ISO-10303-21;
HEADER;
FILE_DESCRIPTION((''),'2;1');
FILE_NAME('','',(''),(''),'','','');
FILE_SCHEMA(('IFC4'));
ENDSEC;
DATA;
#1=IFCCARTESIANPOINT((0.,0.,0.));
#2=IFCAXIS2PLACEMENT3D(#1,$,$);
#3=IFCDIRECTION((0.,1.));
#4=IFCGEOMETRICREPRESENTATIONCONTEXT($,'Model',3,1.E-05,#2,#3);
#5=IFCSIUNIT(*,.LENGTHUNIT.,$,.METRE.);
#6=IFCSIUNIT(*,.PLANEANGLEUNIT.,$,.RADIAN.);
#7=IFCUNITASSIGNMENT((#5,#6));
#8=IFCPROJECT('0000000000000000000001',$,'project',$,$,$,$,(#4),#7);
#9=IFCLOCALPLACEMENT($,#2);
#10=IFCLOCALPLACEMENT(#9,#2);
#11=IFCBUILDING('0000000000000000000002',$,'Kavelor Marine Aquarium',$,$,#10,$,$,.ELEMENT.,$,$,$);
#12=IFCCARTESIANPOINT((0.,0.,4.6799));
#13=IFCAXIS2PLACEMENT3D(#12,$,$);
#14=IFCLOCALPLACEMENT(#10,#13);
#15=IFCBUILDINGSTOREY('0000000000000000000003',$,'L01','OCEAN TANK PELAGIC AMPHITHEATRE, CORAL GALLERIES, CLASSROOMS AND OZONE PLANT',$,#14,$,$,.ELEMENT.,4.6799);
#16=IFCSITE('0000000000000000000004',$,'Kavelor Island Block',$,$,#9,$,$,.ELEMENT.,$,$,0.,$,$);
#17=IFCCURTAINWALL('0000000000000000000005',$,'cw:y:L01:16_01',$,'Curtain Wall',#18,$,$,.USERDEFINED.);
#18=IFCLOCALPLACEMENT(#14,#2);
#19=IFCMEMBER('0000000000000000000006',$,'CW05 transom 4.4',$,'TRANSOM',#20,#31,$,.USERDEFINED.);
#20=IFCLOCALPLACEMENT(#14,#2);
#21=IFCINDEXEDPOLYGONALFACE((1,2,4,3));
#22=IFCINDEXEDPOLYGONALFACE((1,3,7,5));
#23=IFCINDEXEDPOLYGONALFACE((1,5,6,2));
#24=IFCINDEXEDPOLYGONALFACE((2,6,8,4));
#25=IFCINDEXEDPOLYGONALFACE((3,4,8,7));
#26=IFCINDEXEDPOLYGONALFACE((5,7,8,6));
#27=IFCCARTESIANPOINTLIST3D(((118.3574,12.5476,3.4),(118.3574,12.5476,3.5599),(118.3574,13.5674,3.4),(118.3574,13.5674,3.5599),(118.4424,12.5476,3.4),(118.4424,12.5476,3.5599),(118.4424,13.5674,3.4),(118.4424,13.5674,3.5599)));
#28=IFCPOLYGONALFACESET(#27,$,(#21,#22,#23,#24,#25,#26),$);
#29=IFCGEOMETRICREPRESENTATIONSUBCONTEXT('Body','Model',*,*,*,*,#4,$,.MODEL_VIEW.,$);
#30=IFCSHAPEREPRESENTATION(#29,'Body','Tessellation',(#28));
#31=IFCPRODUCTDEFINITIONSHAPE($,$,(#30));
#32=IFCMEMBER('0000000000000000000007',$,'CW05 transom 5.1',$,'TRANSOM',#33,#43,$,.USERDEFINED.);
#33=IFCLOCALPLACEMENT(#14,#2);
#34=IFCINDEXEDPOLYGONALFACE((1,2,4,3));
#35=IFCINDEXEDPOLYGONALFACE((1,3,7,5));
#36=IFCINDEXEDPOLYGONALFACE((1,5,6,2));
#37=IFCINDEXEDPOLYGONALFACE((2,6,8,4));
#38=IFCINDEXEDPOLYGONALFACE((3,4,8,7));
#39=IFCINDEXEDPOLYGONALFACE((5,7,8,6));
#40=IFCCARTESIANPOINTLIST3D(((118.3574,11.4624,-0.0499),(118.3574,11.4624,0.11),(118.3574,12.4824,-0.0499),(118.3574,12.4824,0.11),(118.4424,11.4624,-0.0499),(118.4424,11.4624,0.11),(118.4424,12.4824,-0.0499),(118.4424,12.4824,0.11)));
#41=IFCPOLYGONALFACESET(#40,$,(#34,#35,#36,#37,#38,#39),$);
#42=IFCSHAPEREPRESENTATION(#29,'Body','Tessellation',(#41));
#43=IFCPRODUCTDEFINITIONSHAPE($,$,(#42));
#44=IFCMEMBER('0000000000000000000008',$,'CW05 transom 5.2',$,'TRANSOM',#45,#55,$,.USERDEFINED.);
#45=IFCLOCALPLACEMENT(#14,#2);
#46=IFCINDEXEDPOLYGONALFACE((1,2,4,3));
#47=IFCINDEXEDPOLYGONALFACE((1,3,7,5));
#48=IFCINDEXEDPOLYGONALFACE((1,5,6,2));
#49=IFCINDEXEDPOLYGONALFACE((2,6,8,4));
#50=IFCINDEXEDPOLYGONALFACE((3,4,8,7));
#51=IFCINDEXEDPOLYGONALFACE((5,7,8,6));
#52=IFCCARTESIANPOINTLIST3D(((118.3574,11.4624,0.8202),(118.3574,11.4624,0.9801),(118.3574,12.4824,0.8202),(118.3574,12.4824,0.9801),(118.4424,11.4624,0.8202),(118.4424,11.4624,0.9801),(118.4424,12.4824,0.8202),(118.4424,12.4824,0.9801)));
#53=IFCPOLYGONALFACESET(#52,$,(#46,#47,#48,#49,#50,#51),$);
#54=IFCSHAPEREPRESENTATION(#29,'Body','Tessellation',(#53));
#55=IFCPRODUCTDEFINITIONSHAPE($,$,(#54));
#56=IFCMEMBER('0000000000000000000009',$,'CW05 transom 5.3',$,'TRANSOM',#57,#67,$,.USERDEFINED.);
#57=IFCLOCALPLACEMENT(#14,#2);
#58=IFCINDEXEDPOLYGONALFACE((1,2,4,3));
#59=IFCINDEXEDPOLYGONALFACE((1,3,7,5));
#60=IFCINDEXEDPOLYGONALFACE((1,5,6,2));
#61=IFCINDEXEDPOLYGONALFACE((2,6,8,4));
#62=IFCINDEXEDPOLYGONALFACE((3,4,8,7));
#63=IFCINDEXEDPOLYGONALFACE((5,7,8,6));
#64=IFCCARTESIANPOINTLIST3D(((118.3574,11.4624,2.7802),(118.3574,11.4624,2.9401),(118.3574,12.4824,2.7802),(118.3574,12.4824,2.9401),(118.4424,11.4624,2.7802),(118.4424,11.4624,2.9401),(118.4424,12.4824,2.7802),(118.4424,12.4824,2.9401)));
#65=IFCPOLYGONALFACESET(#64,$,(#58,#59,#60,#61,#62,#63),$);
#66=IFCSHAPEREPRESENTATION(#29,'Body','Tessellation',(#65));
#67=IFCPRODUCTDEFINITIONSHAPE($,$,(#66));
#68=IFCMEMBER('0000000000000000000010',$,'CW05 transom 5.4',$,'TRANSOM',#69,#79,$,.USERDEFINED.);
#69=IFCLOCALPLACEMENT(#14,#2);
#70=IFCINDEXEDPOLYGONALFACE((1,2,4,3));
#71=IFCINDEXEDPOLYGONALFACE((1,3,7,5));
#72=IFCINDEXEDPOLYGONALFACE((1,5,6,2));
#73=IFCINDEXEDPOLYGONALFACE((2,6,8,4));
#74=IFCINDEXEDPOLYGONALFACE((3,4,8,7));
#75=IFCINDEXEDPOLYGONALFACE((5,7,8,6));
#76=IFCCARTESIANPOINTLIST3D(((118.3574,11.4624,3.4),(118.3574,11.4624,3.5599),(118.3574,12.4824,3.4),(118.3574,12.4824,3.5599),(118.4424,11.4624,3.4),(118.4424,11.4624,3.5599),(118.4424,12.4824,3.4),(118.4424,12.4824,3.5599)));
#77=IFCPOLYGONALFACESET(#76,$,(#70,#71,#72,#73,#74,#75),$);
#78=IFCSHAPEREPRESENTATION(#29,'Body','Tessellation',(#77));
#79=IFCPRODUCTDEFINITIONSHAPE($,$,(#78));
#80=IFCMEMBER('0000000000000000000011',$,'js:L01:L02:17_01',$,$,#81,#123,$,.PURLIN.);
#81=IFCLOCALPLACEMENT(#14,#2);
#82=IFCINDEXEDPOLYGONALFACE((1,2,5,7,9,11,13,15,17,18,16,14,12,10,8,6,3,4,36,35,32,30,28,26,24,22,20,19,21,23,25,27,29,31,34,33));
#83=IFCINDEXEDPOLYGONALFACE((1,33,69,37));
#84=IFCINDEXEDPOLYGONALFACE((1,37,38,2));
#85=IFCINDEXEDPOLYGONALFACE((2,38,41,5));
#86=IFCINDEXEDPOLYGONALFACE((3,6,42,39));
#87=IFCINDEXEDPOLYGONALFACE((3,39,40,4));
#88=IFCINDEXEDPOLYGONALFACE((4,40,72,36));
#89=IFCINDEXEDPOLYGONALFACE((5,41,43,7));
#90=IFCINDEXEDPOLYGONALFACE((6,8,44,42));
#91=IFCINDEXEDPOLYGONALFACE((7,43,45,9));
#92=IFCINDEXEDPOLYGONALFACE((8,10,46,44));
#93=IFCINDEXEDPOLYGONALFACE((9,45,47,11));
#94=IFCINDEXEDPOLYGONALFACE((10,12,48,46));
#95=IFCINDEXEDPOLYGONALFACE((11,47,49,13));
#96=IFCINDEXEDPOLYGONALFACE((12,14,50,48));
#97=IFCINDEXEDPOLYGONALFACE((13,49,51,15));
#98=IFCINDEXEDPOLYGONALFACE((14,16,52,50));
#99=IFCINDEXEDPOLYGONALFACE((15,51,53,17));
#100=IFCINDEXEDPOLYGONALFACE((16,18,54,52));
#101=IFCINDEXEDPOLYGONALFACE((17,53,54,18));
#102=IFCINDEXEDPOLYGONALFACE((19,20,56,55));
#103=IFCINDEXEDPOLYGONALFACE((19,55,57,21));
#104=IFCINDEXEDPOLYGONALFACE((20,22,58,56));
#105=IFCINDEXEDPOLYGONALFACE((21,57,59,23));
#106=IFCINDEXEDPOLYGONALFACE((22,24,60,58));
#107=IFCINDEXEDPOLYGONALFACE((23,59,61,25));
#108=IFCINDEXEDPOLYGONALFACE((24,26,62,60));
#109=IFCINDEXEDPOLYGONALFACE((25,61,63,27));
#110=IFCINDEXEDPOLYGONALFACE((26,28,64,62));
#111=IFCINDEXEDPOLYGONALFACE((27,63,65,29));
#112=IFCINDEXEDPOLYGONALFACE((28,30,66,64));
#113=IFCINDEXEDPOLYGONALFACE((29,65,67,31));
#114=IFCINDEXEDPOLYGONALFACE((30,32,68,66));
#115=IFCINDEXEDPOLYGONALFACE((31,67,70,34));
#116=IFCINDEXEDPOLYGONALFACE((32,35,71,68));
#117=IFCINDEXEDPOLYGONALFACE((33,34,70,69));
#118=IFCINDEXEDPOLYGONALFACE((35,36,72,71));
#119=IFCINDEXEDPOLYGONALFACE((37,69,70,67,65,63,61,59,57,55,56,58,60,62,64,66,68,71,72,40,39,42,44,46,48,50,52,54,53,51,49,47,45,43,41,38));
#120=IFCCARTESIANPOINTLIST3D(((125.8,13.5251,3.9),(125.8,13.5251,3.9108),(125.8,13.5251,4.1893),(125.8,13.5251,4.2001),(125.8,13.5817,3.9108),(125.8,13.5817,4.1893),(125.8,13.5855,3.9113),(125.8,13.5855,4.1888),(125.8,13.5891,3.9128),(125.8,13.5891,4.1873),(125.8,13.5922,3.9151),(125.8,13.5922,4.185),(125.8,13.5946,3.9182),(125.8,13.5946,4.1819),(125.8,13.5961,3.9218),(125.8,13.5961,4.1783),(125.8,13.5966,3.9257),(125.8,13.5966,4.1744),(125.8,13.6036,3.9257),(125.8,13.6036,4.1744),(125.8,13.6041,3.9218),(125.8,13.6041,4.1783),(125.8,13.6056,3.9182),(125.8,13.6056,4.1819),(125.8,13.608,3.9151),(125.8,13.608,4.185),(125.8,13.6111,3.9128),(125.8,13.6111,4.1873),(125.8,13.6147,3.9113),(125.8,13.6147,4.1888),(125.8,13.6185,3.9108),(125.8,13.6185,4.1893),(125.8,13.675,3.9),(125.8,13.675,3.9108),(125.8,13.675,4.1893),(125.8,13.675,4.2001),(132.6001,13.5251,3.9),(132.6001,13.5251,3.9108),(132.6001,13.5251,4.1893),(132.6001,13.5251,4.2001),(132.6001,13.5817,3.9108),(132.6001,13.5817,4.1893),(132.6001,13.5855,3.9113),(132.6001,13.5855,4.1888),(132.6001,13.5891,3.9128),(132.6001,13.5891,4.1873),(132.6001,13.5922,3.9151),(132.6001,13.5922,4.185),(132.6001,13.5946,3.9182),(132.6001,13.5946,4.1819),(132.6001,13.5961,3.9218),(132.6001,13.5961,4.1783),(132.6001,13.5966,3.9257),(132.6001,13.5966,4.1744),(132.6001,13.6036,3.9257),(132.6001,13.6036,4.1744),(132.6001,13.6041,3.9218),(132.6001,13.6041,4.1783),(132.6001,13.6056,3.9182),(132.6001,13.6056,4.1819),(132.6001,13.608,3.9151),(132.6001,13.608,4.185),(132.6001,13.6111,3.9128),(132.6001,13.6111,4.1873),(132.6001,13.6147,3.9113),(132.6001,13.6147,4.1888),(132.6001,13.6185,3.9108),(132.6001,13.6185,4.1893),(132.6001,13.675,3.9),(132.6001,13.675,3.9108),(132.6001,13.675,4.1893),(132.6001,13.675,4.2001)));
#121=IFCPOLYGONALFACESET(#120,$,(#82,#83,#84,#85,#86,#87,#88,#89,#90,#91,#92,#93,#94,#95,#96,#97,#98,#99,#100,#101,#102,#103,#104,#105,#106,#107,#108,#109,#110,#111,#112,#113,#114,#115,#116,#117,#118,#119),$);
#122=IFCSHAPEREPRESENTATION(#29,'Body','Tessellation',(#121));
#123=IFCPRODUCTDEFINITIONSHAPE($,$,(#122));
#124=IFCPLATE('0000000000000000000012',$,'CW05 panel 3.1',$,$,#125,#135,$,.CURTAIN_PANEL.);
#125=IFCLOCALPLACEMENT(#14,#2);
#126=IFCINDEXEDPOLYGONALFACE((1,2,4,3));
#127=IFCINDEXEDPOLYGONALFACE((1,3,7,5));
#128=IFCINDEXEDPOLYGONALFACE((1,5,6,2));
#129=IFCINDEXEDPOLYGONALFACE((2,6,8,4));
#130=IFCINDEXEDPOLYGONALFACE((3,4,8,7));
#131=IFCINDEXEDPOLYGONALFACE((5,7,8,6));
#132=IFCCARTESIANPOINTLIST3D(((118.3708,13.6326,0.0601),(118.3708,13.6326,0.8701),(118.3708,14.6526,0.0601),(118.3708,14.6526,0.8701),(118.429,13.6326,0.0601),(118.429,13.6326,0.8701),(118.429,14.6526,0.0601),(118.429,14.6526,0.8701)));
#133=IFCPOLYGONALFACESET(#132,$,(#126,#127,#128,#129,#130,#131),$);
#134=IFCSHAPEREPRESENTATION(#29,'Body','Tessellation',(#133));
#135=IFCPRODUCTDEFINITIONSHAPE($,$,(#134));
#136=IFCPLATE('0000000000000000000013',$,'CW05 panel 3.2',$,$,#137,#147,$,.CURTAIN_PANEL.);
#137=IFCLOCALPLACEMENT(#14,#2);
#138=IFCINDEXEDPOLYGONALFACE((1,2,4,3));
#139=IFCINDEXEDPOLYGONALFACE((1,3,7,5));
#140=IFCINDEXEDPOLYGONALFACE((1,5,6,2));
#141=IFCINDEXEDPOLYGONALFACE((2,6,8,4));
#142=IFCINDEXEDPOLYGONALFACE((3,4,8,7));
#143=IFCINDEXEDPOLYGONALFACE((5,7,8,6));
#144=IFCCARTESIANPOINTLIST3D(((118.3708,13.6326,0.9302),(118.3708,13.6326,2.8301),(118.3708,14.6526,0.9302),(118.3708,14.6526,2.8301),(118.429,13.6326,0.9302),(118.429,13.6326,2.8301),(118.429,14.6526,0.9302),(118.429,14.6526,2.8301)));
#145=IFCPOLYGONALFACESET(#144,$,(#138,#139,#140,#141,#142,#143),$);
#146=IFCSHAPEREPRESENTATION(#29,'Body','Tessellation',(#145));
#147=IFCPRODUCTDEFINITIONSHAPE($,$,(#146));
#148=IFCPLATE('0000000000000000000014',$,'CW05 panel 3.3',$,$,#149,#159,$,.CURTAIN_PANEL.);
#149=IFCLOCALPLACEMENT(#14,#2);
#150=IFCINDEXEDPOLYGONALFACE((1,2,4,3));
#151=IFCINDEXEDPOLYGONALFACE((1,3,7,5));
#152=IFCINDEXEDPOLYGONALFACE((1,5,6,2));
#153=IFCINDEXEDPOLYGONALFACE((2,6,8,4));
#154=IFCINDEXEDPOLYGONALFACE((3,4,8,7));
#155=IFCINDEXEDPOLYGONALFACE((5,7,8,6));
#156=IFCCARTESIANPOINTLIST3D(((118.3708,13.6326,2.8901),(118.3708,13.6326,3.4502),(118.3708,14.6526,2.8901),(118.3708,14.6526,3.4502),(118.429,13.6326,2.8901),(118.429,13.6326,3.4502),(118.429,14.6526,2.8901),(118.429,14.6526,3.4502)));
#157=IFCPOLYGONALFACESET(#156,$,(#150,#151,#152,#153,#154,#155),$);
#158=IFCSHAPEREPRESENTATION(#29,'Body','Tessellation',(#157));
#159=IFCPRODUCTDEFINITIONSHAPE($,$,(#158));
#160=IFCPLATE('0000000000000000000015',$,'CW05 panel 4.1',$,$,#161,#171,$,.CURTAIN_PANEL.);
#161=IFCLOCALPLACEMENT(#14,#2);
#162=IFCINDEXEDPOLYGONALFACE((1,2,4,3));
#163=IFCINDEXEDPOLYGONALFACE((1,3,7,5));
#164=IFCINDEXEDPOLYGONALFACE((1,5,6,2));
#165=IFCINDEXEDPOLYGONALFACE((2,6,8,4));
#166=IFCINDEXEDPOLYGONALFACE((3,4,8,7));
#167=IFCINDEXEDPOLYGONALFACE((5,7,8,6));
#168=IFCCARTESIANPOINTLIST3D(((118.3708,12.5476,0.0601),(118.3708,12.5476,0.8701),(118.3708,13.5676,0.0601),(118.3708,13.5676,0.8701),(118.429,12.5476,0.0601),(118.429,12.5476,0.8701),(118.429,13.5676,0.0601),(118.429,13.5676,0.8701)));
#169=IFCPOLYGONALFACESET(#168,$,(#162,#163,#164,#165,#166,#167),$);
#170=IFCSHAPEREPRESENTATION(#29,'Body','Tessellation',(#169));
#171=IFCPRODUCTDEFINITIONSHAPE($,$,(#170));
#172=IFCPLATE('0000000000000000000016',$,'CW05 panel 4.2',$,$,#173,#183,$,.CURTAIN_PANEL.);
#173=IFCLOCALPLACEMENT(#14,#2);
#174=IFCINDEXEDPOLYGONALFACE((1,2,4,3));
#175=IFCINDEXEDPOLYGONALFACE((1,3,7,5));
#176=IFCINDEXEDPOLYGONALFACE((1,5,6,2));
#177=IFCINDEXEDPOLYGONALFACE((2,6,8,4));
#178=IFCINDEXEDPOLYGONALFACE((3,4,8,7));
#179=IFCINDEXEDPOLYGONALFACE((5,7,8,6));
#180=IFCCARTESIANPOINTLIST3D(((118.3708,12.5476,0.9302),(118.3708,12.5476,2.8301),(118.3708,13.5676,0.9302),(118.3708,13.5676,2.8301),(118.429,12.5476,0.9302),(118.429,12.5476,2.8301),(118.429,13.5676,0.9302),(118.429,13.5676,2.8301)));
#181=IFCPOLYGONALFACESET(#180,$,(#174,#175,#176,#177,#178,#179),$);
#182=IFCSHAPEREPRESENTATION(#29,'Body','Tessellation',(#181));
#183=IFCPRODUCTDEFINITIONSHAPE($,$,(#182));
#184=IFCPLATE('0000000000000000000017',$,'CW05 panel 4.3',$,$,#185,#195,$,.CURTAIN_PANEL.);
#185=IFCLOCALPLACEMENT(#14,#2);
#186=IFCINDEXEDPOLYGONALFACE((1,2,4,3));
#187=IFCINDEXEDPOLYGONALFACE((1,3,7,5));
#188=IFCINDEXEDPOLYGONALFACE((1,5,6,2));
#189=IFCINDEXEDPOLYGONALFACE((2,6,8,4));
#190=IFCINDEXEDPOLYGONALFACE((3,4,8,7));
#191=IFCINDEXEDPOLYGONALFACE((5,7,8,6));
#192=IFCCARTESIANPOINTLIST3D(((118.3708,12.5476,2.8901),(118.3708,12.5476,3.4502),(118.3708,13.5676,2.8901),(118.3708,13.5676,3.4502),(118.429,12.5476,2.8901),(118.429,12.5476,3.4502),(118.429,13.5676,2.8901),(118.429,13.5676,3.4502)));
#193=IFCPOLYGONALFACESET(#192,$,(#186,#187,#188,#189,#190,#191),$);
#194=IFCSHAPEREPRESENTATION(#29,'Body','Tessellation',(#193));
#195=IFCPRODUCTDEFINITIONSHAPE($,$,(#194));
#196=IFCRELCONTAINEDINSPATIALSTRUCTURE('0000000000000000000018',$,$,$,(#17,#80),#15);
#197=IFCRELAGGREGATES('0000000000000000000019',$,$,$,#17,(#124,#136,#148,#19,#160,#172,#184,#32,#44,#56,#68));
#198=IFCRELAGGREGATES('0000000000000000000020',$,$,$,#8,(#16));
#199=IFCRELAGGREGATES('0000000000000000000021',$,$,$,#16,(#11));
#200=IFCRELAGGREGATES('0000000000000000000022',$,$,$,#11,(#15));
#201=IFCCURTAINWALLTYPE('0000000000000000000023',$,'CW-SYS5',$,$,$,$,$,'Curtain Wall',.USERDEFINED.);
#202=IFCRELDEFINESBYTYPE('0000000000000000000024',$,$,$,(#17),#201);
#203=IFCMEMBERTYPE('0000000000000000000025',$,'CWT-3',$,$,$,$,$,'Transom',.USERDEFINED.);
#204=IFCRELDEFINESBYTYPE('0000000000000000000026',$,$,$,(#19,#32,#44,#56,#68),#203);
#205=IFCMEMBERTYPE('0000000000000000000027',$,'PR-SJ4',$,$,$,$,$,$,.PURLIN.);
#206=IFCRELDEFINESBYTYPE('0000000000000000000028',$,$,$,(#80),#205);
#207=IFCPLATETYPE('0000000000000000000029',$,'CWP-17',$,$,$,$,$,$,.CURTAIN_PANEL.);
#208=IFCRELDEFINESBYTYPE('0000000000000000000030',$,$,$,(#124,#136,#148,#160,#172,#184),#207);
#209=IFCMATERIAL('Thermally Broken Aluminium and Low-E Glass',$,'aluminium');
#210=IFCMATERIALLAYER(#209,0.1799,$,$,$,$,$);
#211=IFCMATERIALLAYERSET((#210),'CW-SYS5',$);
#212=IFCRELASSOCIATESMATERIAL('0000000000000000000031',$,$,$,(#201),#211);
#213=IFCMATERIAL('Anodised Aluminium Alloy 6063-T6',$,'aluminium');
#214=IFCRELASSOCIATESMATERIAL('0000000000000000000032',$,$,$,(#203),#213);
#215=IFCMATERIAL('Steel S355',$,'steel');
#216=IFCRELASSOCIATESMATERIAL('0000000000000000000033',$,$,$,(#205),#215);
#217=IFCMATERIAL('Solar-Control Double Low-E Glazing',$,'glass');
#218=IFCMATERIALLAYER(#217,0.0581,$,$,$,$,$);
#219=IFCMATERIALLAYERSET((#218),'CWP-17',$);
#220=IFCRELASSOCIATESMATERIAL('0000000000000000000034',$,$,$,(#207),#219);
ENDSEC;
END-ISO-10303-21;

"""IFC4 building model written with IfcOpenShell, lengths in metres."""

from ifc_helpers import new_model, si_unit, direction, frame, origin, origin_2d, place, context, subcontext, project, spatial, rectangle, i_section, extrude, material, layer, layer_set, material_profile, profile_set, type_object, element, aggregate, save


model = new_model("IFC4")

# Units and contexts
model_context = context("Model", 3, precision=1e-05, world=origin(), true_north=direction((0.0, 1.0)))
body_context = subcontext(model_context, "Body", "Model", "MODEL_VIEW")
ifc_project = project(units=[si_unit("LENGTHUNIT", "METRE"), si_unit("PLANEANGLEUNIT", "RADIAN")], contexts=[model_context])

# Site, building, storey
site_placement = place(None, origin())
site = spatial("IfcSite", under=ifc_project, at=site_placement, Name="Kavelor Island Block", CompositionType="ELEMENT", RefElevation=0.0)
building_placement = place(site_placement, origin())
building = spatial("IfcBuilding", under=site, at=building_placement, Name="Kavelor Marine Aquarium", CompositionType="ELEMENT")
storey_placement = place(building_placement, frame((0.0, 0.0, 4.6799)))
storey = spatial("IfcBuildingStorey", under=building, at=storey_placement, Name="L01", Description="OCEAN TANK PELAGIC AMPHITHEATRE, CORAL GALLERIES, CLASSROOMS AND OZONE PLANT", CompositionType="ELEMENT", Elevation=4.6799)

# Curtain wall, members
ifc_material_1 = material(Name="Thermally Broken Aluminium and Low-E Glass", Category="aluminium")
ifc_layer_1 = layer(ifc_material_1, 0.1799)
ifc_layer_set_1 = layer_set([ifc_layer_1], Name="CW-SYS5")
curtain_wall_type = type_object("IfcCurtainWallType", Name="CW-SYS5", ElementType="Curtain Wall", PredefinedType="USERDEFINED", material=ifc_layer_set_1)
curtain_wall_placement = place(storey_placement, origin())
curtain_wall = element("IfcCurtainWall", 1, at=curtain_wall_placement, inside=storey, type_object=curtain_wall_type, Name="cw:y:L01:16_01", ObjectType="Curtain Wall", PredefinedType="USERDEFINED")
ifc_material_2 = material(Name="Anodised Aluminium Alloy 6063-T6", Category="aluminium")
ifc_material_profile_1 = material_profile(ifc_material_2, rectangle(XDim=0.085, YDim=0.1599, at=origin_2d()), Name="CW-TRN 85x160")
ifc_profile_set_1 = profile_set([ifc_material_profile_1], Name="Anodised Aluminium Alloy 6063-T6")
member_type_1 = type_object("IfcMemberType", Name="CWT-3", ElementType="Transom", PredefinedType="USERDEFINED", material=ifc_profile_set_1)
member_1_placement = place(storey_placement, frame((118.3999, 13.5674, 3.48), z_axis=(0.0, -1.0, 0.0), x_axis=(1.0, 0.0, 0.0)))
member_1 = element("IfcMember", 2, at=member_1_placement, type_object=member_type_1, Name="CW05 transom 4.4", ObjectType="TRANSOM", PredefinedType="USERDEFINED", context=body_context, shape_type="SweptSolid", body=[
    extrude(rectangle(XDim=0.085, YDim=0.1599, at=origin_2d()), origin(), (0.0, 0.0, 1.0), 1.0198),
])
member_2_placement = place(storey_placement, frame((118.3999, 12.4824, 0.03), z_axis=(0.0, -1.0, 0.0), x_axis=(1.0, 0.0, 0.0)))
member_2 = element("IfcMember", 3, at=member_2_placement, type_object=member_type_1, Name="CW05 transom 5.1", ObjectType="TRANSOM", PredefinedType="USERDEFINED", context=body_context, shape_type="SweptSolid", body=[
    extrude(rectangle(XDim=0.085, YDim=0.1599, at=origin_2d()), origin(), (0.0, 0.0, 1.0), 1.02),
])
member_3_placement = place(storey_placement, frame((118.3999, 12.4824, 0.9001), z_axis=(0.0, -1.0, 0.0), x_axis=(1.0, 0.0, 0.0)))
member_3 = element("IfcMember", 4, at=member_3_placement, type_object=member_type_1, Name="CW05 transom 5.2", ObjectType="TRANSOM", PredefinedType="USERDEFINED", context=body_context, shape_type="SweptSolid", body=[
    extrude(rectangle(XDim=0.085, YDim=0.1599, at=origin_2d()), origin(), (0.0, 0.0, 1.0), 1.02),
])
member_4_placement = place(storey_placement, frame((118.3999, 12.4824, 2.8601), z_axis=(0.0, -1.0, 0.0), x_axis=(1.0, 0.0, 0.0)))
member_4 = element("IfcMember", 5, at=member_4_placement, type_object=member_type_1, Name="CW05 transom 5.3", ObjectType="TRANSOM", PredefinedType="USERDEFINED", context=body_context, shape_type="SweptSolid", body=[
    extrude(rectangle(XDim=0.085, YDim=0.1599, at=origin_2d()), origin(), (0.0, 0.0, 1.0), 1.02),
])
member_5_placement = place(storey_placement, frame((118.3999, 12.4824, 3.48), z_axis=(0.0, -1.0, 0.0), x_axis=(1.0, 0.0, 0.0)))
member_5 = element("IfcMember", 6, at=member_5_placement, type_object=member_type_1, Name="CW05 transom 5.4", ObjectType="TRANSOM", PredefinedType="USERDEFINED", context=body_context, shape_type="SweptSolid", body=[
    extrude(rectangle(XDim=0.085, YDim=0.1599, at=origin_2d()), origin(), (0.0, 0.0, 1.0), 1.02),
])

# Member
ifc_material_3 = material(Name="Steel S355", Category="steel")
ifc_material_profile_2 = material_profile(ifc_material_3, i_section(OverallWidth=0.1499, OverallDepth=0.3, WebThickness=0.0071, FlangeThickness=0.0107, FilletRadius=0.0149, at=origin_2d()), Name="IPE 300")
ifc_profile_set_2 = profile_set([ifc_material_profile_2], Name="Steel S355")
member_type_2 = type_object("IfcMemberType", Name="PR-SJ4", PredefinedType="PURLIN", material=ifc_profile_set_2)
member_6_placement = place(storey_placement, frame((125.8, 13.6001, 4.05), z_axis=(1.0, 0.0, 0.0), x_axis=(0.0, 1.0, 0.0)))
element("IfcMember", 7, at=member_6_placement, inside=storey, type_object=member_type_2, Name="js:L01:L02:17_01", PredefinedType="PURLIN", context=body_context, shape_type="SweptSolid", body=[
    extrude(i_section(OverallWidth=0.1499, OverallDepth=0.3, WebThickness=0.0071, FlangeThickness=0.0107, FilletRadius=0.0149, at=origin_2d()), origin(), (0.0, 0.0, 1.0), 6.8),
])

# Plates
ifc_material_4 = material(Name="Solar-Control Double Low-E Glazing", Category="glass")
ifc_layer_2 = layer(ifc_material_4, 0.0581)
ifc_layer_set_2 = layer_set([ifc_layer_2], Name="CWP-17")
plate_type = type_object("IfcPlateType", Name="CWP-17", PredefinedType="CURTAIN_PANEL", material=ifc_layer_set_2)
plate_1_placement = place(storey_placement, frame((118.3999, 14.1426, 0.0601), z_axis=(0.0, 0.0, 1.0), x_axis=(0.0, -1.0, 0.0)))
plate_1 = element("IfcPlate", 8, at=plate_1_placement, type_object=plate_type, Name="CW05 panel 3.1", PredefinedType="CURTAIN_PANEL", context=body_context, shape_type="SweptSolid", body=[
    extrude(rectangle(XDim=1.02, YDim=0.0581, at=origin_2d()), origin(), (0.0, 0.0, 1.0), 0.8101),
])
plate_2_placement = place(storey_placement, frame((118.3999, 14.1426, 0.9302), z_axis=(0.0, 0.0, 1.0), x_axis=(0.0, -1.0, 0.0)))
plate_2 = element("IfcPlate", 9, at=plate_2_placement, type_object=plate_type, Name="CW05 panel 3.2", PredefinedType="CURTAIN_PANEL", context=body_context, shape_type="SweptSolid", body=[
    extrude(rectangle(XDim=1.02, YDim=0.0581, at=origin_2d()), origin(), (0.0, 0.0, 1.0), 1.8999),
])
plate_3_placement = place(storey_placement, frame((118.3999, 14.1426, 2.8901), z_axis=(0.0, 0.0, 1.0), x_axis=(0.0, -1.0, 0.0)))
plate_3 = element("IfcPlate", 10, at=plate_3_placement, type_object=plate_type, Name="CW05 panel 3.3", PredefinedType="CURTAIN_PANEL", context=body_context, shape_type="SweptSolid", body=[
    extrude(rectangle(XDim=1.02, YDim=0.0581, at=origin_2d()), origin(), (0.0, 0.0, 1.0), 0.5601),
])
plate_4_placement = place(storey_placement, frame((118.3999, 13.0576, 0.0601), z_axis=(0.0, 0.0, 1.0), x_axis=(0.0, -1.0, 0.0)))
plate_4 = element("IfcPlate", 11, at=plate_4_placement, type_object=plate_type, Name="CW05 panel 4.1", PredefinedType="CURTAIN_PANEL", context=body_context, shape_type="SweptSolid", body=[
    extrude(rectangle(XDim=1.02, YDim=0.0581, at=origin_2d()), origin(), (0.0, 0.0, 1.0), 0.8101),
])
plate_5_placement = place(storey_placement, frame((118.3999, 13.0576, 0.9302), z_axis=(0.0, 0.0, 1.0), x_axis=(0.0, -1.0, 0.0)))
plate_5 = element("IfcPlate", 12, at=plate_5_placement, type_object=plate_type, Name="CW05 panel 4.2", PredefinedType="CURTAIN_PANEL", context=body_context, shape_type="SweptSolid", body=[
    extrude(rectangle(XDim=1.02, YDim=0.0581, at=origin_2d()), origin(), (0.0, 0.0, 1.0), 1.8999),
])
plate_6_placement = place(storey_placement, frame((118.3999, 13.0576, 2.8901), z_axis=(0.0, 0.0, 1.0), x_axis=(0.0, -1.0, 0.0)))
plate_6 = element("IfcPlate", 13, at=plate_6_placement, type_object=plate_type, Name="CW05 panel 4.3", PredefinedType="CURTAIN_PANEL", context=body_context, shape_type="SweptSolid", body=[
    extrude(rectangle(XDim=1.02, YDim=0.0581, at=origin_2d()), origin(), (0.0, 0.0, 1.0), 0.5601),
])
aggregate(curtain_wall, [plate_1, plate_2, plate_3, member_1, plate_4, plate_5, plate_6, member_2, member_3, member_4, member_5])

save(model, "model.ifc")
